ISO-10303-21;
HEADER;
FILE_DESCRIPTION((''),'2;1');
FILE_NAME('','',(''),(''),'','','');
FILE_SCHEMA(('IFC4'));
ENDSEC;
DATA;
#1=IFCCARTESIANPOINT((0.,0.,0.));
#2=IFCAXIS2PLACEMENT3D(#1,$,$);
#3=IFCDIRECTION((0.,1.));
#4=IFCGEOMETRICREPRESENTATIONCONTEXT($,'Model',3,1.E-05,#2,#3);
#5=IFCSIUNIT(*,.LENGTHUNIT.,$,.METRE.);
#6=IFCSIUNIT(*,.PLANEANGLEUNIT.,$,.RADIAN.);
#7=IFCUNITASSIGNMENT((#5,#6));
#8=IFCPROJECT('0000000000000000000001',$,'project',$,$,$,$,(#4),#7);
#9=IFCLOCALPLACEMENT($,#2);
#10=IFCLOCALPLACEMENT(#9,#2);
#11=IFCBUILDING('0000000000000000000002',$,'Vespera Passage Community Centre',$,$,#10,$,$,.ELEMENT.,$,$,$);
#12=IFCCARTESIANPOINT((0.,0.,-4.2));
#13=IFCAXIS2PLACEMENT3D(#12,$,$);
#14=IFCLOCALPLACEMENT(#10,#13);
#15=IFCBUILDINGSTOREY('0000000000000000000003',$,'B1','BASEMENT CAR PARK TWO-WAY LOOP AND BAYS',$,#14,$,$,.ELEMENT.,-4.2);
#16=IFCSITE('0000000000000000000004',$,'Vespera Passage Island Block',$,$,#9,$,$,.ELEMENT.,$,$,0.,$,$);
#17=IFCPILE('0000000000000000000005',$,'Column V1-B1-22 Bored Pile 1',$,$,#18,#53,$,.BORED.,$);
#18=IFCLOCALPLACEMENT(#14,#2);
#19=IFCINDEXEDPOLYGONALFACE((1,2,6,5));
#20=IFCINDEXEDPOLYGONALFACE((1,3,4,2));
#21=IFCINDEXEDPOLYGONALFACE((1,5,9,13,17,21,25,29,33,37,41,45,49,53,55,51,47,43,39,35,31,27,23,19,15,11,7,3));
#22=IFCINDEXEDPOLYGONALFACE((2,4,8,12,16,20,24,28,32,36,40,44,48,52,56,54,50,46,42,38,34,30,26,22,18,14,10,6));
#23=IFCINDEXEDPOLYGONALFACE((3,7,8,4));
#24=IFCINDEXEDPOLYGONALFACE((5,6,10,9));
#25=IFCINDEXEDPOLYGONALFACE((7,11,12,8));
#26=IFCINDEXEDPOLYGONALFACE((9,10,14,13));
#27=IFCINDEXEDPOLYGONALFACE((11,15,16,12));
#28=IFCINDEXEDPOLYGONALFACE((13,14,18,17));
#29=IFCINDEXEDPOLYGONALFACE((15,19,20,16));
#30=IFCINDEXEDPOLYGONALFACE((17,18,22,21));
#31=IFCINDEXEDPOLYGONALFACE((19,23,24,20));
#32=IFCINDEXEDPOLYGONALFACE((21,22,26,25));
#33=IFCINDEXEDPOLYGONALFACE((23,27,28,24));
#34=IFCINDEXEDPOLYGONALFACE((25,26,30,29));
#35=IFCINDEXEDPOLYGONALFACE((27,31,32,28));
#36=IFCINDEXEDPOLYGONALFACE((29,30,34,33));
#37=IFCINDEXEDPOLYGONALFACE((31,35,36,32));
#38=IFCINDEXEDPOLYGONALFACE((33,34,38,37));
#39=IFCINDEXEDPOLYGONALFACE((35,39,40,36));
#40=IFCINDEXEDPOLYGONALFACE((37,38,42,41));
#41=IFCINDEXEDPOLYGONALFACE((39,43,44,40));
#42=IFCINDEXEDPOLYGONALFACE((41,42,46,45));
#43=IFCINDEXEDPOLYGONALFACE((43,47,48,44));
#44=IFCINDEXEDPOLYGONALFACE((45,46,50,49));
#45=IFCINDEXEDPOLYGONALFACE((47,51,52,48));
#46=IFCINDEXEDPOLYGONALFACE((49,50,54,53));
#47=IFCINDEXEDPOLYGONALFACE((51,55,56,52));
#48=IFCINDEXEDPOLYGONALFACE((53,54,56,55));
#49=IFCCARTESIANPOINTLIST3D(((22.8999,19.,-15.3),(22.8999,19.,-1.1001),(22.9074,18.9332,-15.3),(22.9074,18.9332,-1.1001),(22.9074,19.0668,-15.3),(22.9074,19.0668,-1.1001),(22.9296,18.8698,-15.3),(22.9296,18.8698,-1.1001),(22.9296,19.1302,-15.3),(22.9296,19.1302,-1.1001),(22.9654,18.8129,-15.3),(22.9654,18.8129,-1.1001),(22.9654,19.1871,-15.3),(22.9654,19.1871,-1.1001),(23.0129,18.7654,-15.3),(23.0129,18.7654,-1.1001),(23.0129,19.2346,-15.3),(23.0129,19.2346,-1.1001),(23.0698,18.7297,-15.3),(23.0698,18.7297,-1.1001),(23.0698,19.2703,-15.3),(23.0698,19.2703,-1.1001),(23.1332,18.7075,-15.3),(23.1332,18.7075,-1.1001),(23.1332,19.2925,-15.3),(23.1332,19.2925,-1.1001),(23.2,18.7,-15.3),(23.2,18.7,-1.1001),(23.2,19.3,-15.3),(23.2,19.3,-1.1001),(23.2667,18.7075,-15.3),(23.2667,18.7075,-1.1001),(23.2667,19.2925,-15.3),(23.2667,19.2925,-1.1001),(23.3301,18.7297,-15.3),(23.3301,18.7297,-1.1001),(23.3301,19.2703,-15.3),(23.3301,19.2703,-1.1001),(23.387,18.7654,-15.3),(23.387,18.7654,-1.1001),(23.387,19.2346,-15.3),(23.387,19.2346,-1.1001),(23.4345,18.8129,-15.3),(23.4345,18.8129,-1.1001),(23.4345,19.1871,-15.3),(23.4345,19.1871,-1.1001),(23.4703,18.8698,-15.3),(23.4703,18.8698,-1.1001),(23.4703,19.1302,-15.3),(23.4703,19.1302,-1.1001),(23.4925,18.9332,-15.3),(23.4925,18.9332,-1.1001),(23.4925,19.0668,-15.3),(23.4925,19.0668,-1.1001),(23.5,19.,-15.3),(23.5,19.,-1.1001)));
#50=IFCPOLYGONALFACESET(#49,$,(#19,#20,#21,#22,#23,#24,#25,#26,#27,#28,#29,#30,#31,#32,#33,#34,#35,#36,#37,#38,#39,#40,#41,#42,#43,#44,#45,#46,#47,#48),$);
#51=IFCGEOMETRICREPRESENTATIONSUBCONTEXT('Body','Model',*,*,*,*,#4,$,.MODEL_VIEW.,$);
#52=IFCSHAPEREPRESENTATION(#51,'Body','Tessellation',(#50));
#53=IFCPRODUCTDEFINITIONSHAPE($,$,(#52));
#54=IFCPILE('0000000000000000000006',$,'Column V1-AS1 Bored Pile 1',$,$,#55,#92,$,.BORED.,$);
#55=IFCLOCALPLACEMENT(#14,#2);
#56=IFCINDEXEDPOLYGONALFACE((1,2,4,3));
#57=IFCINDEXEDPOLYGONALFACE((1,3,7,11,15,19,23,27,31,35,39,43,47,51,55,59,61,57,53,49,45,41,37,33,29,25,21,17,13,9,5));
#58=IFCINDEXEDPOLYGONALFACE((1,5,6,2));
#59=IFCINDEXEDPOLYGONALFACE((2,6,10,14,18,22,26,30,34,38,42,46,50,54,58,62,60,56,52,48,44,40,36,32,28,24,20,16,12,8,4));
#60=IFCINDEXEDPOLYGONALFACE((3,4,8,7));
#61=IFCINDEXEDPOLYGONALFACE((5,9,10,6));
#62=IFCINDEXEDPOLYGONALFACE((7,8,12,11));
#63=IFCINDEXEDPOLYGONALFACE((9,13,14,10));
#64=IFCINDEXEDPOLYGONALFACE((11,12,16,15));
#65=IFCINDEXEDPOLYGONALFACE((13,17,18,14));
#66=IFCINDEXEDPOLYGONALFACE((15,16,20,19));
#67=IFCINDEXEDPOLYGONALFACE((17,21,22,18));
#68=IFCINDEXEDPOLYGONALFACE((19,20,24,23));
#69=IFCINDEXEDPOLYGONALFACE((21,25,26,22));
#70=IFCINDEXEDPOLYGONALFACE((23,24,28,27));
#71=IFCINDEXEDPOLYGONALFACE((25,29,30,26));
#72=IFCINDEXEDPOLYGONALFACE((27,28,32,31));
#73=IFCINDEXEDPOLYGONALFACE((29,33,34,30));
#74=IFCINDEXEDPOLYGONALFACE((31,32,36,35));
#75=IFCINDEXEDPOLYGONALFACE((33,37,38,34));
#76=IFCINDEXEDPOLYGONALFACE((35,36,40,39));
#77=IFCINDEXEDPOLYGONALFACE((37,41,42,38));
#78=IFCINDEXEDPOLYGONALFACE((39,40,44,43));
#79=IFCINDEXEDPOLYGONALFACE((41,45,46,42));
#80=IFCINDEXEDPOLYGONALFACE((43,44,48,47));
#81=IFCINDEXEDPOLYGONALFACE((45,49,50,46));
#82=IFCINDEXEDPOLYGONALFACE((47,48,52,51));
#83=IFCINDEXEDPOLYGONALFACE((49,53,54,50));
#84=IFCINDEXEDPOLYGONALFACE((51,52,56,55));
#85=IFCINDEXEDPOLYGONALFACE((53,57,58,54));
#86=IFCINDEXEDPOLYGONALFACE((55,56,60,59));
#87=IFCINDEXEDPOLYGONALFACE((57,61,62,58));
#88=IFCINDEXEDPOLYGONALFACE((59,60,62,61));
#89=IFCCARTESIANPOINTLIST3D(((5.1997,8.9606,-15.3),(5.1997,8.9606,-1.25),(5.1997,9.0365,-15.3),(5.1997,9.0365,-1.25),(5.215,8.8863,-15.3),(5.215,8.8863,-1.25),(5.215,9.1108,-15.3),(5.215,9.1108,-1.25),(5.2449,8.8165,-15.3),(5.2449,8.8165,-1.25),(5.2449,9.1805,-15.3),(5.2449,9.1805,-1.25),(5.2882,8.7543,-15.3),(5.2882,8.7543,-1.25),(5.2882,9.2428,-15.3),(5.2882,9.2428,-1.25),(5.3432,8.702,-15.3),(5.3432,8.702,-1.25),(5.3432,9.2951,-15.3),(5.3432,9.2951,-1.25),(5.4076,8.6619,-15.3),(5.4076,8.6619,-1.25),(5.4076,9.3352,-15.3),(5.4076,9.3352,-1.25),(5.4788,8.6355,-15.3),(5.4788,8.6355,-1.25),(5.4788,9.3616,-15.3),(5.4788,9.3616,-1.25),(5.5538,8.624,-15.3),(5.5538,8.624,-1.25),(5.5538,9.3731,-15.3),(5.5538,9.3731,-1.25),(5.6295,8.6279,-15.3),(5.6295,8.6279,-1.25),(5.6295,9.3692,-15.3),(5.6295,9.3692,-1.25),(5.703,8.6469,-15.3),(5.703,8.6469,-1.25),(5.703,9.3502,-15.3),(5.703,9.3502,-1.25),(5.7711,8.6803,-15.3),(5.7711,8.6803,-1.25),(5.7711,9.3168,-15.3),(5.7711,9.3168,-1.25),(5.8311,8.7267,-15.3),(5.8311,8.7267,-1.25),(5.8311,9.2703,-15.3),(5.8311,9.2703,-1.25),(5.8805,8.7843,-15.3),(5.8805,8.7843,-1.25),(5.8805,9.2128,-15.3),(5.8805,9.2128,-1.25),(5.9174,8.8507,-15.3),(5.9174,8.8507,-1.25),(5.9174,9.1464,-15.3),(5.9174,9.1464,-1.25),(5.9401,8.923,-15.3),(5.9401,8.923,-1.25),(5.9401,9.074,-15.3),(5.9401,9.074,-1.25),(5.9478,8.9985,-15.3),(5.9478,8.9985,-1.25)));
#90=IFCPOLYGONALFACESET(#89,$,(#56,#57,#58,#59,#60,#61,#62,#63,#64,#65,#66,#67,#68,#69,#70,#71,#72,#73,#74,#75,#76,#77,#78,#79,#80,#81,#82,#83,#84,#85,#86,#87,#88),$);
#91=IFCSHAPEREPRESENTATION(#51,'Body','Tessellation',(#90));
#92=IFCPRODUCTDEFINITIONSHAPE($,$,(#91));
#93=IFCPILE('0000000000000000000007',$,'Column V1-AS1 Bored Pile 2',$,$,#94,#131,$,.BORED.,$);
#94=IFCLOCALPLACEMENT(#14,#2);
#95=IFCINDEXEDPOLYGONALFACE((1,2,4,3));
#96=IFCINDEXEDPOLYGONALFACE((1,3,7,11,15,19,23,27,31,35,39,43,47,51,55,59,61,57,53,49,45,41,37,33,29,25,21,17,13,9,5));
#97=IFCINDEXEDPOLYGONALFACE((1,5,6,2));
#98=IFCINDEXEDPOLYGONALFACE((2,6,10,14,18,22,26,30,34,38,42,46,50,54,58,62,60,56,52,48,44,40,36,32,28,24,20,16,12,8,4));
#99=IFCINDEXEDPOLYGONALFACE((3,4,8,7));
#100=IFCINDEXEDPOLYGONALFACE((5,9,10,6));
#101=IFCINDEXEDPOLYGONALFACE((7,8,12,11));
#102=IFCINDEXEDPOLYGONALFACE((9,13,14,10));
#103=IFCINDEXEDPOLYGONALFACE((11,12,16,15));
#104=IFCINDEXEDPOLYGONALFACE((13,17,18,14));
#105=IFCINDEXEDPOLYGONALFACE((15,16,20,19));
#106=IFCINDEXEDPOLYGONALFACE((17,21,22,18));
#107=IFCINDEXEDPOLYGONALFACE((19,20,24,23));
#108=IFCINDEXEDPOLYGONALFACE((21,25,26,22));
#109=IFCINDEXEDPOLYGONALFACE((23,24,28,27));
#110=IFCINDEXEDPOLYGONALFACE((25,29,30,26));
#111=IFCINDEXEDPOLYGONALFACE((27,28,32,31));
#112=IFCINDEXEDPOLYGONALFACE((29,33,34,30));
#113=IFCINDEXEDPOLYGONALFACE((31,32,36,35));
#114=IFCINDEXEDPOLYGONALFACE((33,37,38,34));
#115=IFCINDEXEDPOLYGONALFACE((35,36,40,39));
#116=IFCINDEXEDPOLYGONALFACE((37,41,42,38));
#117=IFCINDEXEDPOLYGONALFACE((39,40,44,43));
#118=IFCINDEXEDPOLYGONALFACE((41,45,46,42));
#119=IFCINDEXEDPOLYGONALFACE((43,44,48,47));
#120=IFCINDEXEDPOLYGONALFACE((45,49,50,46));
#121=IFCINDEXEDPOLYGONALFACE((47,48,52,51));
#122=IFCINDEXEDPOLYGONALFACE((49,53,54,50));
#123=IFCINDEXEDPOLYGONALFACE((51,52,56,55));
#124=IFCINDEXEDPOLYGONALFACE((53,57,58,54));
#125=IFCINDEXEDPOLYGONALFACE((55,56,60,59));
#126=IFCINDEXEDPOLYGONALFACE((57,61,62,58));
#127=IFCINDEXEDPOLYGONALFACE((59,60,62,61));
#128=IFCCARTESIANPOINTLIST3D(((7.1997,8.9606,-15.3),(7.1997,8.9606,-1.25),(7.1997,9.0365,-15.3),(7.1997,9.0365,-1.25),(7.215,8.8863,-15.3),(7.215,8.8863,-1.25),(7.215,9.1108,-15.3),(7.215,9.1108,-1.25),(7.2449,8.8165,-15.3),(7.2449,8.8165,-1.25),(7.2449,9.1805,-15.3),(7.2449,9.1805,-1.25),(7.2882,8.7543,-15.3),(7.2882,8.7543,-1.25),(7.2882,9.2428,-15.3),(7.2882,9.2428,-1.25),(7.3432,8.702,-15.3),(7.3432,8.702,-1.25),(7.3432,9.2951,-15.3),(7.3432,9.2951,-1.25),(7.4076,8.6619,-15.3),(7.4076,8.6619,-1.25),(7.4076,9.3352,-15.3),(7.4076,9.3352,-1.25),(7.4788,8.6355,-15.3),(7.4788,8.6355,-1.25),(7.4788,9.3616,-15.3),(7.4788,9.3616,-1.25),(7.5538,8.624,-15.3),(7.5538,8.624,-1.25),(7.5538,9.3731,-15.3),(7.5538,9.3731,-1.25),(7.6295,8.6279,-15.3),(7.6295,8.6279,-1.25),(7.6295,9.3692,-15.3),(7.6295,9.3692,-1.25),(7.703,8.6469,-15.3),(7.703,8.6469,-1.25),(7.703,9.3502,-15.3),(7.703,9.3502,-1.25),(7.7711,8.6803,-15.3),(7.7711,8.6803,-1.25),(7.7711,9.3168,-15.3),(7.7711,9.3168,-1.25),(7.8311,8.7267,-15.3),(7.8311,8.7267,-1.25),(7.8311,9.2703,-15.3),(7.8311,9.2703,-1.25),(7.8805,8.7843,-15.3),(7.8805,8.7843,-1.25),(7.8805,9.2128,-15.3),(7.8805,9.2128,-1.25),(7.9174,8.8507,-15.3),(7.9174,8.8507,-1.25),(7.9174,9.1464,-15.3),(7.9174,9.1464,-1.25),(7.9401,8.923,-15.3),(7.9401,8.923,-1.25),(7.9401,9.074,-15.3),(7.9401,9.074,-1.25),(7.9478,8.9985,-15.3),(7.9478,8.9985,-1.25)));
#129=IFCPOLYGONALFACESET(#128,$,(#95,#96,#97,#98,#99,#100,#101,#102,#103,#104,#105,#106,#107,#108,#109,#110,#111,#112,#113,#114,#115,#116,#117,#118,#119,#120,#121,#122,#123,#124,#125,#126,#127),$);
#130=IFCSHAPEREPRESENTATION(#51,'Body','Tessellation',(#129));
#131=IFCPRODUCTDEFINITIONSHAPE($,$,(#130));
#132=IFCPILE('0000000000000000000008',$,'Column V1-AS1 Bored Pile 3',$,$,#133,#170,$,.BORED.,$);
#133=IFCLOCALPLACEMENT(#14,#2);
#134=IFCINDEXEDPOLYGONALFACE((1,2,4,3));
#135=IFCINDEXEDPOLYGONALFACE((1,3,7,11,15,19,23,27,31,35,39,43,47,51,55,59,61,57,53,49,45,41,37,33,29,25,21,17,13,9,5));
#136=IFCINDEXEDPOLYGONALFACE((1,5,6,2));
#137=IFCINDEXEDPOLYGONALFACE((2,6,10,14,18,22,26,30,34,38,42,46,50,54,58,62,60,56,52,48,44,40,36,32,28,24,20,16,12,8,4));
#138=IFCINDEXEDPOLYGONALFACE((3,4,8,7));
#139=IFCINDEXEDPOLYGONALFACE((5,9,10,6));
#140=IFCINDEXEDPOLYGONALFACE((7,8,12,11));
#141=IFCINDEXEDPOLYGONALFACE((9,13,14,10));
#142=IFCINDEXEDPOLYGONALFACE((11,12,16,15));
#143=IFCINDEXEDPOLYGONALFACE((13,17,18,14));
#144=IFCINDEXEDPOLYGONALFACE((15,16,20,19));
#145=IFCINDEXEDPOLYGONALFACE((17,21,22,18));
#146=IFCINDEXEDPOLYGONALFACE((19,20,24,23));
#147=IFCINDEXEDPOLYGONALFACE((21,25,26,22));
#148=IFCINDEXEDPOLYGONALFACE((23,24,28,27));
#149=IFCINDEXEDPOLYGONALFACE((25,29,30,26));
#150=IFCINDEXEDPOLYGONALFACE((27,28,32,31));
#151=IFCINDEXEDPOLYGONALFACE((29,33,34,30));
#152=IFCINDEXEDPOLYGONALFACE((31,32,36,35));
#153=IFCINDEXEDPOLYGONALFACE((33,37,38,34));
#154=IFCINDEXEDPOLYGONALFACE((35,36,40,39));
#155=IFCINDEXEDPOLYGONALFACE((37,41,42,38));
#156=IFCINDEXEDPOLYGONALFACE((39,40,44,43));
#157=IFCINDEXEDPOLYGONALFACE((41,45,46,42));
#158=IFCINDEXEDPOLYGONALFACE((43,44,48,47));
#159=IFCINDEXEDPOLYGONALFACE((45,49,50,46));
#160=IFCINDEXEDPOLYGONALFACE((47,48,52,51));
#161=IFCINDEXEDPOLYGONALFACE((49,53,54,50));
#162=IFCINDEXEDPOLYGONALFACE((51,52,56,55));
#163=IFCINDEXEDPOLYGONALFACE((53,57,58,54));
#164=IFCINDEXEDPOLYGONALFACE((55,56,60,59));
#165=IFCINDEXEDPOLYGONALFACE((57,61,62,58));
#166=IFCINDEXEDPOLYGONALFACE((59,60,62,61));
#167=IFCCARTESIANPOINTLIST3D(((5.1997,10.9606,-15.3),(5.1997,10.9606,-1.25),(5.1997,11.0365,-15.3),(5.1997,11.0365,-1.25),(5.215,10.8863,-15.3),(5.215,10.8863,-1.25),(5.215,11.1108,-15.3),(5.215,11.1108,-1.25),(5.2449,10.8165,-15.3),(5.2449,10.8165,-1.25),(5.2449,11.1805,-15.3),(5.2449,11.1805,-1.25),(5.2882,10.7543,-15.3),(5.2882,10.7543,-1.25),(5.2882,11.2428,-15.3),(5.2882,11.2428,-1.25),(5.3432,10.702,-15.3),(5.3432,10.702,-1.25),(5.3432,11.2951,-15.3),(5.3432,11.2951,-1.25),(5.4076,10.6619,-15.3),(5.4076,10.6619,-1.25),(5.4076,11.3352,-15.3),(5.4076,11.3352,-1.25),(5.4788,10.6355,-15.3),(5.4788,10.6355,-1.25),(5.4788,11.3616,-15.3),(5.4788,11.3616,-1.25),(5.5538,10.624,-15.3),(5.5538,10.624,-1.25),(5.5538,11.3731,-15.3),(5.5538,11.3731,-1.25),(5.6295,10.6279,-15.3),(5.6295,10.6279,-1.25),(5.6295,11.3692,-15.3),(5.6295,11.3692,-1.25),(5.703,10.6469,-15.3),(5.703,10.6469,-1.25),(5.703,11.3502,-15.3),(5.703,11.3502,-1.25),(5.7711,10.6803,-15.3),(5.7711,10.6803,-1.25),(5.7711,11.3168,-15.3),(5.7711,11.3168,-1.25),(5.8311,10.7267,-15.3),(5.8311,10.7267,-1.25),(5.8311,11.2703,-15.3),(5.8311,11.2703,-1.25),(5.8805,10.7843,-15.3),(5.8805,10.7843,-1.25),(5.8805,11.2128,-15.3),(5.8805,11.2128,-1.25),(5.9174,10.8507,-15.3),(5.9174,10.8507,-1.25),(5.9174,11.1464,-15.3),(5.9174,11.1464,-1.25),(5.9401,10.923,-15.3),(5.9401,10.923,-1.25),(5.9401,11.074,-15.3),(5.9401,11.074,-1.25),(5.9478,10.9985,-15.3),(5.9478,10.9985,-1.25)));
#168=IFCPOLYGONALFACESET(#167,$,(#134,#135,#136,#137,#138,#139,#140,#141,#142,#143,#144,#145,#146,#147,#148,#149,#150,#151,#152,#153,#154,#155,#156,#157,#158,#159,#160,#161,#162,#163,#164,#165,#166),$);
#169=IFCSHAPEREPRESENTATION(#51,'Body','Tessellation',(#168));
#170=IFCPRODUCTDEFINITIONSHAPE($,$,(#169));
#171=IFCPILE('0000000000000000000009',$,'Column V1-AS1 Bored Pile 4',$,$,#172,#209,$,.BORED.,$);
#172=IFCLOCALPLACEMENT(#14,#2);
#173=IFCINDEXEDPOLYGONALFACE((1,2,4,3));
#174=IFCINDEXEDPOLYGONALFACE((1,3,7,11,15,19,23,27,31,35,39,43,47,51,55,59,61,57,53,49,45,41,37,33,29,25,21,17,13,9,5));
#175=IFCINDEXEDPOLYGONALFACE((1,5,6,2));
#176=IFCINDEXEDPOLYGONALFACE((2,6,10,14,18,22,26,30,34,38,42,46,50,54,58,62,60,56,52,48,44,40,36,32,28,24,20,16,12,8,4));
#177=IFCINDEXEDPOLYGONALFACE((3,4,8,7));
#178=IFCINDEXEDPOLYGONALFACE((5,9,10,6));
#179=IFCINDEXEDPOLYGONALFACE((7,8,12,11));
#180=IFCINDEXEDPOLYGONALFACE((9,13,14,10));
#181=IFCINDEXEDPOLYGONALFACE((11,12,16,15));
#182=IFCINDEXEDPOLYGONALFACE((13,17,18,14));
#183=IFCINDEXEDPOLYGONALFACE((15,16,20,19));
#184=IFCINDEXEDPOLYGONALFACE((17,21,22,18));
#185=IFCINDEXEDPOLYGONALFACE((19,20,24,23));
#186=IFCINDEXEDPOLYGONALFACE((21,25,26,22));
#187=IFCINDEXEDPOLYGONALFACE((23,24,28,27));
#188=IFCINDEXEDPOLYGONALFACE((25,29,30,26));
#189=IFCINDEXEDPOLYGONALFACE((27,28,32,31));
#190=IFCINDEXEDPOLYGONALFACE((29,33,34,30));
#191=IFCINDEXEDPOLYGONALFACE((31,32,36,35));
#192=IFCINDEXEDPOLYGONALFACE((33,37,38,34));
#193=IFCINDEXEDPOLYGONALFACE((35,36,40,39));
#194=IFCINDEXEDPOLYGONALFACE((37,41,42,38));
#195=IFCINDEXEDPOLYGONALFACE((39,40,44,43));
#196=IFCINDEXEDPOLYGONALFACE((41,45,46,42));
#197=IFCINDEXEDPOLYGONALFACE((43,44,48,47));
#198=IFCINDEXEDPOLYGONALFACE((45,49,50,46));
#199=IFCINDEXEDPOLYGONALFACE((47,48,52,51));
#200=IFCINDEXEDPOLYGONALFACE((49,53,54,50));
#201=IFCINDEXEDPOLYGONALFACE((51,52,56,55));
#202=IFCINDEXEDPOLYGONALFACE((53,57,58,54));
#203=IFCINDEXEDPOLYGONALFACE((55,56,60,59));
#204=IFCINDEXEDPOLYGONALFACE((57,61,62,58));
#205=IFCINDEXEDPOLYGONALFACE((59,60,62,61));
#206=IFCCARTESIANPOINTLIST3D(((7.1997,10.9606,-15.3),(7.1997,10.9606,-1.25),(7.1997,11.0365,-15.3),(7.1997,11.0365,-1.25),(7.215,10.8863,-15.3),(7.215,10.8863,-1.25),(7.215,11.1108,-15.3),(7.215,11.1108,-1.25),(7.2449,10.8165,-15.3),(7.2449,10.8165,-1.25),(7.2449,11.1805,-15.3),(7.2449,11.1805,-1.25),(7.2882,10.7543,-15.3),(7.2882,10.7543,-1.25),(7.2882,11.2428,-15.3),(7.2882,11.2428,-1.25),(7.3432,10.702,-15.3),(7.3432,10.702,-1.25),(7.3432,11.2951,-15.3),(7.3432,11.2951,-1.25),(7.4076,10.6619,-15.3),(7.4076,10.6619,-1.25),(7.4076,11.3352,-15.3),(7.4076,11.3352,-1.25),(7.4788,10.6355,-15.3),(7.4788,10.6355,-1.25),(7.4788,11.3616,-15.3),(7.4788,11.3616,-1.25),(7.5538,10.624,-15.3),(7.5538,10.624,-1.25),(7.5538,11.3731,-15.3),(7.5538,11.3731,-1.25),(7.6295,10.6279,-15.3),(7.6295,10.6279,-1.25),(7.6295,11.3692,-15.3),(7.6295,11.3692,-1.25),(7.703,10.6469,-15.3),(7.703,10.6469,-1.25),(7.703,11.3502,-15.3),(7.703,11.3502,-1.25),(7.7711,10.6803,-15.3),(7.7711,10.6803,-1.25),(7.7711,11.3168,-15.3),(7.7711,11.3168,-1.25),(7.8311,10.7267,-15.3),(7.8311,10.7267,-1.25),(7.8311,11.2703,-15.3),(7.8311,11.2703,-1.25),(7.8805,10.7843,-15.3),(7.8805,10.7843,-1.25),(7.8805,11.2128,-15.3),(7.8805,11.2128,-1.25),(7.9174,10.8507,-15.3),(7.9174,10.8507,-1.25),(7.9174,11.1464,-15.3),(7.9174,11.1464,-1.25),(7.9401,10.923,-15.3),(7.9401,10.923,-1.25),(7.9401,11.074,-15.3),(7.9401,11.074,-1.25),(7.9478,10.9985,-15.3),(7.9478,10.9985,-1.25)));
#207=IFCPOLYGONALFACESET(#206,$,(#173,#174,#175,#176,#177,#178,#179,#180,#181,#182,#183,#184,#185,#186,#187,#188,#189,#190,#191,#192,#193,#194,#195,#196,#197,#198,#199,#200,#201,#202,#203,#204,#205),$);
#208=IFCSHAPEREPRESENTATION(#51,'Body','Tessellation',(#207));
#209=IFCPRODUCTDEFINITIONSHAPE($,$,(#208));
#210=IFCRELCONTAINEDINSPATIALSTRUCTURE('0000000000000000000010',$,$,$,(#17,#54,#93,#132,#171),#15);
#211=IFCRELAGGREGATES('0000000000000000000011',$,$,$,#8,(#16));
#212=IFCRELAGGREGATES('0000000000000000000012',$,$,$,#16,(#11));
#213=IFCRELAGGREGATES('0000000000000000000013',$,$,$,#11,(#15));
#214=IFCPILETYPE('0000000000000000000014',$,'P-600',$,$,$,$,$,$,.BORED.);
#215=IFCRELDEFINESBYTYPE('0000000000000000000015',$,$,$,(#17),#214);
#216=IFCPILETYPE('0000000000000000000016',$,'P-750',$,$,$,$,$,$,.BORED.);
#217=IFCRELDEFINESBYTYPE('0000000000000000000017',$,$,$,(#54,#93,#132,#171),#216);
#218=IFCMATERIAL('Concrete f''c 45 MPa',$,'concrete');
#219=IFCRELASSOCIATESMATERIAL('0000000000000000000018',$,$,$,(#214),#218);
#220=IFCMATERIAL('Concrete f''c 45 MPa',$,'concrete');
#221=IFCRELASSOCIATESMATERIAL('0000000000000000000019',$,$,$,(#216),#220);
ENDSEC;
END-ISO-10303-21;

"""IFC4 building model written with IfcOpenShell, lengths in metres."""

from ifc_helpers import new_model, si_unit, direction, frame, origin, origin_2d, place, context, subcontext, project, spatial, circle, extrude, material, material_profile, profile_set, type_object, element, save


model = new_model("IFC4")

# Units and contexts
model_context = context("Model", 3, precision=1e-05, world=origin(), true_north=direction((0.0, 1.0)))
body_context = subcontext(model_context, "Body", "Model", "MODEL_VIEW")
ifc_project = project(units=[si_unit("LENGTHUNIT", "METRE"), si_unit("PLANEANGLEUNIT", "RADIAN")], contexts=[model_context])

# Site, building, storey
site_placement = place(None, origin())
site = spatial("IfcSite", under=ifc_project, at=site_placement, Name="Vespera Passage Island Block", CompositionType="ELEMENT", RefElevation=0.0)
building_placement = place(site_placement, origin())
building = spatial("IfcBuilding", under=site, at=building_placement, Name="Vespera Passage Community Centre", CompositionType="ELEMENT")
storey_placement = place(building_placement, frame((0.0, 0.0, -4.2)))
storey = spatial("IfcBuildingStorey", under=building, at=storey_placement, Name="B1", Description="BASEMENT CAR PARK TWO-WAY LOOP AND BAYS", CompositionType="ELEMENT", Elevation=-4.2)

# Piles
ifc_material_1 = material(Name="Concrete f'c 45 MPa", Category="concrete")
ifc_material_profile_1 = material_profile(ifc_material_1, circle(Radius=0.3, at=origin_2d()), Name="PILE600DIA")
ifc_profile_set_1 = profile_set([ifc_material_profile_1], Name="Concrete f'c 45 MPa")
pile_type_1 = type_object("IfcPileType", Name="P-600", PredefinedType="BORED", material=ifc_profile_set_1)
for number, where, z_axis, x_axis, name in (
    (1, (23.2, 19.0, -1.1001), (0.0, 0.0, -1.0), (1.0, 0.0, 0.0), "Column V1-B1-22 Bored Pile 1"),
):
    element("IfcPile", number, at=place(storey_placement, frame(where, z_axis=z_axis, x_axis=x_axis)), inside=storey, type_object=pile_type_1, Name=name, PredefinedType="BORED", context=body_context, shape_type="SweptSolid", body=[
        extrude(circle(Radius=0.3, at=origin_2d()), origin(), (0.0, 0.0, 1.0), 14.2),
    ])
ifc_material_2 = material(Name="Concrete f'c 45 MPa", Category="concrete")
ifc_material_profile_2 = material_profile(ifc_material_2, circle(Radius=0.375, at=origin_2d()), Name="PILE750DIA")
ifc_profile_set_2 = profile_set([ifc_material_profile_2], Name="Concrete f'c 45 MPa")
pile_type_2 = type_object("IfcPileType", Name="P-750", PredefinedType="BORED", material=ifc_profile_set_2)
for number, where, z_axis, x_axis, name in (
    (2, (5.5728, 8.9985, -1.25), (0.0, 0.0, -1.0), (1.0, 0.0, 0.0), "Column V1-AS1 Bored Pile 1"),
    (3, (7.5728, 8.9985, -1.25), (0.0, 0.0, -1.0), (1.0, 0.0, 0.0), "Column V1-AS1 Bored Pile 2"),
    (4, (5.5728, 10.9985, -1.25), (0.0, 0.0, -1.0), (1.0, 0.0, 0.0), "Column V1-AS1 Bored Pile 3"),
    (5, (7.5728, 10.9985, -1.25), (0.0, 0.0, -1.0), (1.0, 0.0, 0.0), "Column V1-AS1 Bored Pile 4"),
):
    element("IfcPile", number, at=place(storey_placement, frame(where, z_axis=z_axis, x_axis=x_axis)), inside=storey, type_object=pile_type_2, Name=name, PredefinedType="BORED", context=body_context, shape_type="SweptSolid", body=[
        extrude(circle(Radius=0.375, at=origin_2d()), origin(), (0.0, 0.0, 1.0), 14.05),
    ])

save(model, "model.ifc")
